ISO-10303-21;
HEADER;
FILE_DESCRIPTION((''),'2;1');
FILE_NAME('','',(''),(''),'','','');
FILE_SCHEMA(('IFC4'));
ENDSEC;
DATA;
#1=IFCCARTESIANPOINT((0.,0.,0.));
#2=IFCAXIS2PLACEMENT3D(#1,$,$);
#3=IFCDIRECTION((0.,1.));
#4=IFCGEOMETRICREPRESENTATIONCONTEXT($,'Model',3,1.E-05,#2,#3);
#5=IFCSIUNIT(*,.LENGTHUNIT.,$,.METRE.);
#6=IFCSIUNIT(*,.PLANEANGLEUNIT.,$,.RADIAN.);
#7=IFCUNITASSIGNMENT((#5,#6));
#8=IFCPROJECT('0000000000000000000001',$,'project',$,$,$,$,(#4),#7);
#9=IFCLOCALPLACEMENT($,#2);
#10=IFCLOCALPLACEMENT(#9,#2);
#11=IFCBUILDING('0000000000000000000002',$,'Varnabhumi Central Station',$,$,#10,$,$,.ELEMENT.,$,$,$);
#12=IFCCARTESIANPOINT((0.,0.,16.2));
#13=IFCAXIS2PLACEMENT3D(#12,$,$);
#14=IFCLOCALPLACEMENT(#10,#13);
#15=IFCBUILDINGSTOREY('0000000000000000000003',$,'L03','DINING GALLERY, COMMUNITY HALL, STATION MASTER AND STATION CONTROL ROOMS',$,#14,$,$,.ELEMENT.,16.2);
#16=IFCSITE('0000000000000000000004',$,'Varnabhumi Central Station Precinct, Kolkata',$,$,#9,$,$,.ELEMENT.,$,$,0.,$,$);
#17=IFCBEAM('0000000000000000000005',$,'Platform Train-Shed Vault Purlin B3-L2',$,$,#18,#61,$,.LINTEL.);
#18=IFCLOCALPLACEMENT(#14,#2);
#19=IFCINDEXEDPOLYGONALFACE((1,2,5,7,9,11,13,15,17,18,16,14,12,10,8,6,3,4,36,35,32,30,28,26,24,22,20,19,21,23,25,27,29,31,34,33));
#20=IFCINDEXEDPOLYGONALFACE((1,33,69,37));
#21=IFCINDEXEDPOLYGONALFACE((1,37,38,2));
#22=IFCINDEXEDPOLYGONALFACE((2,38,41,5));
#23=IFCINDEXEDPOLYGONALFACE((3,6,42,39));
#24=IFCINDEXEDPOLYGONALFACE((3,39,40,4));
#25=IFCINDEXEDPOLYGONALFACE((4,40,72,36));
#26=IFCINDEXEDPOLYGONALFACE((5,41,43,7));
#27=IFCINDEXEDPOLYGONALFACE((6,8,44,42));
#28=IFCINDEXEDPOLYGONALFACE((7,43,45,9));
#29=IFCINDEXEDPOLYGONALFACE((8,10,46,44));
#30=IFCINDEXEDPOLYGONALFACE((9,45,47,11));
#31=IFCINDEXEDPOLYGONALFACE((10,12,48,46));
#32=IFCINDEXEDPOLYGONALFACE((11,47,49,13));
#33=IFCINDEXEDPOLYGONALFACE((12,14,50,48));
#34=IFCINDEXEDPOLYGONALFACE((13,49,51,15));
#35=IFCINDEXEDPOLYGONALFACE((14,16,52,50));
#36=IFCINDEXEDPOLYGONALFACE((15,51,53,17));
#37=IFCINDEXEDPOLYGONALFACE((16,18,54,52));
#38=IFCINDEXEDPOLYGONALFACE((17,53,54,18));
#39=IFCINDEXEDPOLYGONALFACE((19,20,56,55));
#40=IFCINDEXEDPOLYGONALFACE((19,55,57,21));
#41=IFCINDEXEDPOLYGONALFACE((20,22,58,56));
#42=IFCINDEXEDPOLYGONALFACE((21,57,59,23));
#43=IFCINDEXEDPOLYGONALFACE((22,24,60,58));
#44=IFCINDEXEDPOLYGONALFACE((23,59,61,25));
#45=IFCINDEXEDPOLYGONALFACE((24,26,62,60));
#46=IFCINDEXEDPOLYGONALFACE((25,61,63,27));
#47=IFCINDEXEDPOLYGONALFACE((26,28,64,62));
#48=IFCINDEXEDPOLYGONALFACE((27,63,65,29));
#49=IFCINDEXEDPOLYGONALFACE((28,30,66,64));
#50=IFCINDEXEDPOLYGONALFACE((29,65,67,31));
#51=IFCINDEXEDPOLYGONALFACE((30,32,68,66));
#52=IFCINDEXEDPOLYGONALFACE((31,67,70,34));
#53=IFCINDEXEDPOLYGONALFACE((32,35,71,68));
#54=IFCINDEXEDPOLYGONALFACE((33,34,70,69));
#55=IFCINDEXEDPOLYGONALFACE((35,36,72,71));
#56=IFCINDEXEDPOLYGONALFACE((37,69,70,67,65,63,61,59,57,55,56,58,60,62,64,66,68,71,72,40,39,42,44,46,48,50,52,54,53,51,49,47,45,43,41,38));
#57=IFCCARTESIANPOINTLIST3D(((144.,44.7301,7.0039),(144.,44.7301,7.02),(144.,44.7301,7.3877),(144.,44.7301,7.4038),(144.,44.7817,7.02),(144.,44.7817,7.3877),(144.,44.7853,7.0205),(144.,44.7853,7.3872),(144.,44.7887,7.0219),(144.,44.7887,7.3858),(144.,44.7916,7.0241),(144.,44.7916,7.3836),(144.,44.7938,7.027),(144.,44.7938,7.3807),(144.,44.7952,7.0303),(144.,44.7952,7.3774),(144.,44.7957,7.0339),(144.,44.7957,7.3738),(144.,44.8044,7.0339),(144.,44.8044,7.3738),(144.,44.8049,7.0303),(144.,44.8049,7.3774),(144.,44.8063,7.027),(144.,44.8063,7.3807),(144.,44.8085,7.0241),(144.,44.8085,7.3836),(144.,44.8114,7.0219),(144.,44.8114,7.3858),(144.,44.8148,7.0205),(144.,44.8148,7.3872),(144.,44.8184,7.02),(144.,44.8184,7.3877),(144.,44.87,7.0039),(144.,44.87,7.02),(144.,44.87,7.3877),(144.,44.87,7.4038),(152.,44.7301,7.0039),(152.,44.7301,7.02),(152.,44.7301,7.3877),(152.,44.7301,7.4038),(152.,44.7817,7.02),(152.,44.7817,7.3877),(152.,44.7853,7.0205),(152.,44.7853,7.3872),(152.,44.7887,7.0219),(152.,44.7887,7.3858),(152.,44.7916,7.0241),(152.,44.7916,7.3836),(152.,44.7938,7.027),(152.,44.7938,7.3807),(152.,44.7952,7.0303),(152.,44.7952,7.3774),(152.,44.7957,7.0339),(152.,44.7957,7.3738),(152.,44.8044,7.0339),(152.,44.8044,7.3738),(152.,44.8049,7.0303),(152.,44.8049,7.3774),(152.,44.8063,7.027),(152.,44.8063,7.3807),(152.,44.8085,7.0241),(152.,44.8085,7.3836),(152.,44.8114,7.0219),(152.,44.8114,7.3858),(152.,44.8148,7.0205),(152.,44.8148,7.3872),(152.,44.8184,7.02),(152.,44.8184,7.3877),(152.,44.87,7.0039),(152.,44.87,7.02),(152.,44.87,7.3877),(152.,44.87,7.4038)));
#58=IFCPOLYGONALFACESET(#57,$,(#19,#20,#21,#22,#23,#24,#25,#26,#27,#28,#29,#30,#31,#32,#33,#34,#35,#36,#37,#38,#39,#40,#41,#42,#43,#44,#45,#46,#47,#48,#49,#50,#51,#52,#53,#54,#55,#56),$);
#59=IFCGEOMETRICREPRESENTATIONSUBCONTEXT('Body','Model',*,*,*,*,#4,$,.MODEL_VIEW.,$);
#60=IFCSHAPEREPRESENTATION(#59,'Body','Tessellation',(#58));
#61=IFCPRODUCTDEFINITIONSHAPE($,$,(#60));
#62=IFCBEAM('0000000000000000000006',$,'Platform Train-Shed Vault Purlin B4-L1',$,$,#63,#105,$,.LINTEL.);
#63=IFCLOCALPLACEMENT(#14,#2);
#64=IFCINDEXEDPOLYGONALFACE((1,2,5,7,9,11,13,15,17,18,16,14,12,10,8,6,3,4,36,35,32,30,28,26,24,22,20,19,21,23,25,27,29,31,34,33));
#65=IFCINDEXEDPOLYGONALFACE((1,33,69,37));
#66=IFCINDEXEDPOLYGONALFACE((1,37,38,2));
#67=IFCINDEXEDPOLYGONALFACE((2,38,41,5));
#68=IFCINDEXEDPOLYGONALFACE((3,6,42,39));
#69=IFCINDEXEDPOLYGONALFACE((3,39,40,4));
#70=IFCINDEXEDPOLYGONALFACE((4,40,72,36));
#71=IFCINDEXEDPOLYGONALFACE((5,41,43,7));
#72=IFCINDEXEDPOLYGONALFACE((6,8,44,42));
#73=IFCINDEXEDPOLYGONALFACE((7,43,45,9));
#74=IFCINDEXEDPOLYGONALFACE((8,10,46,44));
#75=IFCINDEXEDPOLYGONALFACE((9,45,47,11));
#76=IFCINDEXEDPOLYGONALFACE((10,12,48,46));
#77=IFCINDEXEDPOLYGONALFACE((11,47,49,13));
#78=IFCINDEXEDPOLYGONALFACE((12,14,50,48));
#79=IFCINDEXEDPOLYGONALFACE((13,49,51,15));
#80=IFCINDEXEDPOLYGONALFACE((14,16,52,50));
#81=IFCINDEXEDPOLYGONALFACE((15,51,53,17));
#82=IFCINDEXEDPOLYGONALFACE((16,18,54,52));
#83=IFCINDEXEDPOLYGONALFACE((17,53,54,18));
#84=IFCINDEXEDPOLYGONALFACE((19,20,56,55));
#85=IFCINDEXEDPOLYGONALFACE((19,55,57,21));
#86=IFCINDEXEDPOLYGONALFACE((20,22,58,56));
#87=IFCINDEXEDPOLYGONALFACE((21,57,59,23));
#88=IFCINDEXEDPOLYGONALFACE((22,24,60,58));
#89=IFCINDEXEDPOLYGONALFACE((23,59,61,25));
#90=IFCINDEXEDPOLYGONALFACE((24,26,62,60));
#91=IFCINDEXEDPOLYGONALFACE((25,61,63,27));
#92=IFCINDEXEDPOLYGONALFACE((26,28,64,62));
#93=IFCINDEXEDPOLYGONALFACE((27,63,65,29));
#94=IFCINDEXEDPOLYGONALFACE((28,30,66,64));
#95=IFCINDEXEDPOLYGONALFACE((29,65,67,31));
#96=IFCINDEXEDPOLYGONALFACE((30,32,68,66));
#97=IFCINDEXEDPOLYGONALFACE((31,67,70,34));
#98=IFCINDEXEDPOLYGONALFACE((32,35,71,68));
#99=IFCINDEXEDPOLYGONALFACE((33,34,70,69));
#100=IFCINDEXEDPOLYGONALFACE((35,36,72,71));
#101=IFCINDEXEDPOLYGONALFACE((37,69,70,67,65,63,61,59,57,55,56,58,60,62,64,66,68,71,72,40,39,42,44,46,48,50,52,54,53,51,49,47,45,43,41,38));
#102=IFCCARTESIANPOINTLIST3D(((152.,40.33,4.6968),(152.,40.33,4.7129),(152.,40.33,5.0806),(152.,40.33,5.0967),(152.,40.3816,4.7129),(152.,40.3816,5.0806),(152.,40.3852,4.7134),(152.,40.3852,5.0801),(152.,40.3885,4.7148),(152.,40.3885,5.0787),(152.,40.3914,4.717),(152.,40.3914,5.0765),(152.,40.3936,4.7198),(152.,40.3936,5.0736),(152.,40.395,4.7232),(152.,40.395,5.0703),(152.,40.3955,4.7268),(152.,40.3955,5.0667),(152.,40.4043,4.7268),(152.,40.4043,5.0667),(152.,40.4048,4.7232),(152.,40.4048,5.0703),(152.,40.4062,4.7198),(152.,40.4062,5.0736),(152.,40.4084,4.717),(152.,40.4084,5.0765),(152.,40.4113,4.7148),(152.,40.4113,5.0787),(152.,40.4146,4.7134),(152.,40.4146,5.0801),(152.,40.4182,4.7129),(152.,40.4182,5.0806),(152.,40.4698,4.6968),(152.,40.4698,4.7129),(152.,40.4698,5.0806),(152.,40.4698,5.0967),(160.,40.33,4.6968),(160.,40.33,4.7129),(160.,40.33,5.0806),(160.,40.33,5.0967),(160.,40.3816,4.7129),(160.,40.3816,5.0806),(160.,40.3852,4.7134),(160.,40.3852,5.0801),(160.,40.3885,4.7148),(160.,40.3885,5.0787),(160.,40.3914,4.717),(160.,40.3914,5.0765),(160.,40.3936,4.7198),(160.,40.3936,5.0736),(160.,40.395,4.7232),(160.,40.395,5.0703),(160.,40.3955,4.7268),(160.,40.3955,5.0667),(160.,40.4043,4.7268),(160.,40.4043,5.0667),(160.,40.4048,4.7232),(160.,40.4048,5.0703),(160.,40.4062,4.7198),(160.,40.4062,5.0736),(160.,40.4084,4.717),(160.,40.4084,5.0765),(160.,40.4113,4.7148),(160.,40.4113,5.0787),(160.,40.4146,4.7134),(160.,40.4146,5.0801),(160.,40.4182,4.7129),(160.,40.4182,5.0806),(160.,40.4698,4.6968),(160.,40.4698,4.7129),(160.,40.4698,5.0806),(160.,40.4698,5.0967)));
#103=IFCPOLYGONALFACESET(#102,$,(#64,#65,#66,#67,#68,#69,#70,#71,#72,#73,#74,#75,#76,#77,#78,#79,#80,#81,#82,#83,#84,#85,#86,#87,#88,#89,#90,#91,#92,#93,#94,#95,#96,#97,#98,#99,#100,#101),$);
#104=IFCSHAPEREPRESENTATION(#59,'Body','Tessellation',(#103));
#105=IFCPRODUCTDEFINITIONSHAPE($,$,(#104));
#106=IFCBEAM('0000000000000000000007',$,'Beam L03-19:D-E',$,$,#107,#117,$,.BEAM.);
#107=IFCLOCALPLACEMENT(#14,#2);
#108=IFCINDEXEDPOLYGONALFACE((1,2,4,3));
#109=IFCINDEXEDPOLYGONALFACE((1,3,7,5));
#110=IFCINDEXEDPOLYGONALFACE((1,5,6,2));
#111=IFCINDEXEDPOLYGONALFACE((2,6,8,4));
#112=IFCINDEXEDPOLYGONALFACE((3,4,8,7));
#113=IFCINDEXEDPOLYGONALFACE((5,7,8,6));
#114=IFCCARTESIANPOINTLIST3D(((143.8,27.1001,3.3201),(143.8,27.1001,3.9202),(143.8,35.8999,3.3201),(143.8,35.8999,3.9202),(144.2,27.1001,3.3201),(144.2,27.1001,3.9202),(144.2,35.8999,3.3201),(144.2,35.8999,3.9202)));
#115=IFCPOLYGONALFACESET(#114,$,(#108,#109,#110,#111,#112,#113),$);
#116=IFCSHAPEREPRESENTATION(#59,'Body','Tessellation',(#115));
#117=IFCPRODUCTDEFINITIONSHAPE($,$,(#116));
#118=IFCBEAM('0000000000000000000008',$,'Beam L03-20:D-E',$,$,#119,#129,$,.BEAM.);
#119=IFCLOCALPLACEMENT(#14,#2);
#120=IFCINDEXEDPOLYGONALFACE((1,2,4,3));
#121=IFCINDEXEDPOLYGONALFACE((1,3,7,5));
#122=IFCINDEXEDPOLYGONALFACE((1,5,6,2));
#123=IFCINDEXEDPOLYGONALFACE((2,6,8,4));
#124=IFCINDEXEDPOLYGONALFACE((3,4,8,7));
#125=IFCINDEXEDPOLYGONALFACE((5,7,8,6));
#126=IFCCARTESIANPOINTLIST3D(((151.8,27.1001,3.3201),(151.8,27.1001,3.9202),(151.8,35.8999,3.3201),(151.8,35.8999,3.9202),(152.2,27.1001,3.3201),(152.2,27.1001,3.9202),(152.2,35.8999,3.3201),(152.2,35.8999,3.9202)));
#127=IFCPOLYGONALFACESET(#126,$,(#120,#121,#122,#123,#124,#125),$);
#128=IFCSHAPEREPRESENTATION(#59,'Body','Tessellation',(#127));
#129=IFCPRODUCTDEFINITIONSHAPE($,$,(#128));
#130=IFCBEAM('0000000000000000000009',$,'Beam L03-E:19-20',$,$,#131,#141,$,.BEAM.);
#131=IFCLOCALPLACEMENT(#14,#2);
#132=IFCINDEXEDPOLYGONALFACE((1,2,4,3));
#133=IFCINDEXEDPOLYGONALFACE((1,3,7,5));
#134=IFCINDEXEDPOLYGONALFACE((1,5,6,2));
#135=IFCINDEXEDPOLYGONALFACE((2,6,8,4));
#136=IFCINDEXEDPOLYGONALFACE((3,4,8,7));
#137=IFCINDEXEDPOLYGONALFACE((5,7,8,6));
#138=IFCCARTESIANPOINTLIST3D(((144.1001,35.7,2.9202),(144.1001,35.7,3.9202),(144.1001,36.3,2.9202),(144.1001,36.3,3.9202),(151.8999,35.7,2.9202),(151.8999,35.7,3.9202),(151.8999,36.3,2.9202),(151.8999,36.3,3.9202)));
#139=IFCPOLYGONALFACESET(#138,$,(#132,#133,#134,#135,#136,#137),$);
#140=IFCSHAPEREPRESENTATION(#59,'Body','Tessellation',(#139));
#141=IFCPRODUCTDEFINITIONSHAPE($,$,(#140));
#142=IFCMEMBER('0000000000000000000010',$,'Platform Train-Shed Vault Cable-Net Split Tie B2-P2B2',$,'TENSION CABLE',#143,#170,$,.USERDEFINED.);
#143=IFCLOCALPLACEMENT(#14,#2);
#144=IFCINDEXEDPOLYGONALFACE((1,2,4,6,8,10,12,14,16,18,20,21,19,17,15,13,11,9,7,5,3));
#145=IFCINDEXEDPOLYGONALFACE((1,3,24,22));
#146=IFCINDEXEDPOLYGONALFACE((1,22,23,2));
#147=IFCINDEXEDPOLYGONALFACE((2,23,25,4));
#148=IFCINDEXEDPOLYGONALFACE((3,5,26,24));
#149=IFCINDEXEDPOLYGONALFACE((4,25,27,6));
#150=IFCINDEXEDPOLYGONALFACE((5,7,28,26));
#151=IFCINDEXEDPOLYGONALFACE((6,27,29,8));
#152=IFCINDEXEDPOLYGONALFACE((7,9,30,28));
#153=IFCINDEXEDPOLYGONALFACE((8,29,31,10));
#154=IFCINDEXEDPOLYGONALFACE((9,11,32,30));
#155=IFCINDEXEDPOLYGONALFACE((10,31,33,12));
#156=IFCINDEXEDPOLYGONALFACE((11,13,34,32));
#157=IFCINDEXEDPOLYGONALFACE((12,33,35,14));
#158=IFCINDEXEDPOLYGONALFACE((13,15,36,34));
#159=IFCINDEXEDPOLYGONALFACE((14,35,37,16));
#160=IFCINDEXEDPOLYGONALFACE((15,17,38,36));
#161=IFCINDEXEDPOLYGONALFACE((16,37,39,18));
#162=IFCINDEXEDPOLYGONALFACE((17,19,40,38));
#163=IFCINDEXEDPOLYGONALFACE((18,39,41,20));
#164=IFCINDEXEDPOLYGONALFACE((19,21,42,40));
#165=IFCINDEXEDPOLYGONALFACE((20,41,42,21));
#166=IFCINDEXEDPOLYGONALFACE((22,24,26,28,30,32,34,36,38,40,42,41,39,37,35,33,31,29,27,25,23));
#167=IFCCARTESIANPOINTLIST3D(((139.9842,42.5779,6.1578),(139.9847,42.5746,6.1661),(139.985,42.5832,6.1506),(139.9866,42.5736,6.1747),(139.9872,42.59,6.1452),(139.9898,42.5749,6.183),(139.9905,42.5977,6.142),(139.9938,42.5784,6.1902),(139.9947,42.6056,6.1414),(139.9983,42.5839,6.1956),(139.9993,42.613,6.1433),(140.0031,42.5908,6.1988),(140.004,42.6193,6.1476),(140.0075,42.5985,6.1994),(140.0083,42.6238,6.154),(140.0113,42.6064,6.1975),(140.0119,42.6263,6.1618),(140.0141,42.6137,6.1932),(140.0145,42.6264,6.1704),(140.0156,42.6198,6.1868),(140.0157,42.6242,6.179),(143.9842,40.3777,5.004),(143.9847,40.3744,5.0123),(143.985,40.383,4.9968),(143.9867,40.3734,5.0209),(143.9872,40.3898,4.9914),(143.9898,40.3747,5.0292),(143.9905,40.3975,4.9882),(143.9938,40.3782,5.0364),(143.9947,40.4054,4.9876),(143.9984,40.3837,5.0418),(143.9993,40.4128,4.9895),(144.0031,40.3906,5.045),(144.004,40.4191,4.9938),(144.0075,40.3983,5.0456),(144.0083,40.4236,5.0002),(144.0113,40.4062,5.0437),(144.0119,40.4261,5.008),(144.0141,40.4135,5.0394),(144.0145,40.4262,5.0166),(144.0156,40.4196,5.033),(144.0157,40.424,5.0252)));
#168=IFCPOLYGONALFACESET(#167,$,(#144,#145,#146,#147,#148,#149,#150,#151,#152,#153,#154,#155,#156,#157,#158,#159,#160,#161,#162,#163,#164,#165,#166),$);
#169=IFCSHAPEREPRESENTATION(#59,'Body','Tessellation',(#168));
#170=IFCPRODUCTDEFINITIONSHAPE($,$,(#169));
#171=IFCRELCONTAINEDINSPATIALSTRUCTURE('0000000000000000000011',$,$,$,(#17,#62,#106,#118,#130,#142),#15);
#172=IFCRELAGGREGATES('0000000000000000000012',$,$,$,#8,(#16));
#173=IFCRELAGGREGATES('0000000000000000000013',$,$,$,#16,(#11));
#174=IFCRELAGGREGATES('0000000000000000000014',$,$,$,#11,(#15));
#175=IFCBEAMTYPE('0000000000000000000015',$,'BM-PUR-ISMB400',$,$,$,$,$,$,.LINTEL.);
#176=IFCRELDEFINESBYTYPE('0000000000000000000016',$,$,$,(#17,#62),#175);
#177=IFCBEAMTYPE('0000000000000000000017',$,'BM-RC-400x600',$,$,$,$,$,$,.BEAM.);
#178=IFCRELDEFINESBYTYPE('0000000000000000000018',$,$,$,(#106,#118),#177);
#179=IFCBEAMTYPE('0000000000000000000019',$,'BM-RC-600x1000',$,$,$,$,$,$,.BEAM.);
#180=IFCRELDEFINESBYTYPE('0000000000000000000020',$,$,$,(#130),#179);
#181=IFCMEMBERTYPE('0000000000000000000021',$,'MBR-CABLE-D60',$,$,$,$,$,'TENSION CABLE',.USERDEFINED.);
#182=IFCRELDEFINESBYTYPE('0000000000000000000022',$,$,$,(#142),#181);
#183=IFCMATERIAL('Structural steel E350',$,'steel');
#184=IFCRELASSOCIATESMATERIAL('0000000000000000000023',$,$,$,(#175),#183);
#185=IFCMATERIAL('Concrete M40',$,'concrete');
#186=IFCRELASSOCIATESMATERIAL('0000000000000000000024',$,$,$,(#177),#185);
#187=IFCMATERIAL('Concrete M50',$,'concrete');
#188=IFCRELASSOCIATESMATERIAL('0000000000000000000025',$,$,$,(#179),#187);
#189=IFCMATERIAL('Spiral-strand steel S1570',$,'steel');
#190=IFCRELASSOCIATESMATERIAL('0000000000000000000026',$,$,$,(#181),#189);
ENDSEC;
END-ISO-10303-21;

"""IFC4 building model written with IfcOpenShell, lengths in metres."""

from ifc_helpers import new_model, si_unit, direction, frame, origin, origin_2d, place, context, subcontext, project, spatial, rectangle, circle, i_section, extrude, material, material_profile, profile_set, type_object, element, save


model = new_model("IFC4")

# Units and contexts
model_context = context("Model", 3, precision=1e-05, world=origin(), true_north=direction((0.0, 1.0)))
body_context = subcontext(model_context, "Body", "Model", "MODEL_VIEW")
ifc_project = project(units=[si_unit("LENGTHUNIT", "METRE"), si_unit("PLANEANGLEUNIT", "RADIAN")], contexts=[model_context])

# Site, building, storey
site_placement = place(None, origin())
site = spatial("IfcSite", under=ifc_project, at=site_placement, Name="Varnabhumi Central Station Precinct, Kolkata", CompositionType="ELEMENT", RefElevation=0.0)
building_placement = place(site_placement, origin())
building = spatial("IfcBuilding", under=site, at=building_placement, Name="Varnabhumi Central Station", CompositionType="ELEMENT")
storey_placement = place(building_placement, frame((0.0, 0.0, 16.2)))
storey = spatial("IfcBuildingStorey", under=building, at=storey_placement, Name="L03", Description="DINING GALLERY, COMMUNITY HALL, STATION MASTER AND STATION CONTROL ROOMS", CompositionType="ELEMENT", Elevation=16.2)

# Shared definitions
ifc_material_1 = material(Name="Concrete M40", Category="concrete")

# Beams
ifc_material_2 = material(Name="Structural steel E350", Category="steel")
ifc_material_profile_1 = material_profile(ifc_material_2, i_section(OverallWidth=0.1399, OverallDepth=0.3999, WebThickness=0.0088, FlangeThickness=0.0161, FilletRadius=0.0139, at=origin_2d()), Name="Structural steel E350", Category="steel")
ifc_profile_set_1 = profile_set([ifc_material_profile_1], Name="Structural steel E350")
beam_type_1 = type_object("IfcBeamType", Name="BM-PUR-ISMB400", PredefinedType="LINTEL", material=ifc_profile_set_1)
for number, where, z_axis, x_axis, name in (
    (1, (144.0, 44.8, 7.2039), (1.0, 0.0, 0.0), (0.0, 1.0, 0.0), "Platform Train-Shed Vault Purlin B3-L2"),
    (2, (152.0, 40.3999, 4.8967), (1.0, 0.0, 0.0), (0.0, 1.0, 0.0), "Platform Train-Shed Vault Purlin B4-L1"),
):
    element("IfcBeam", number, at=place(storey_placement, frame(where, z_axis=z_axis, x_axis=x_axis)), inside=storey, type_object=beam_type_1, Name=name, PredefinedType="LINTEL", context=body_context, shape_type="SweptSolid", body=[
        extrude(i_section(OverallWidth=0.1399, OverallDepth=0.3999, WebThickness=0.0088, FlangeThickness=0.0161, FilletRadius=0.0139, at=origin_2d()), origin(), (0.0, 0.0, 1.0), 8.0),
    ])
ifc_material_profile_2 = material_profile(ifc_material_1, rectangle(XDim=0.3999, YDim=0.6001, at=origin_2d()), Name="Concrete M40", Category="concrete")
ifc_profile_set_2 = profile_set([ifc_material_profile_2], Name="Concrete M40")
beam_type_2 = type_object("IfcBeamType", Name="BM-RC-400x600", PredefinedType="BEAM", material=ifc_profile_set_2)
for number, where, z_axis, x_axis, name in (
    (3, (144.0, 27.1001, 3.6201), (0.0, 1.0, 0.0), (-1.0, 0.0, 0.0), "Beam L03-19:D-E"),
    (4, (152.0, 27.1001, 3.6201), (0.0, 1.0, 0.0), (-1.0, 0.0, 0.0), "Beam L03-20:D-E"),
):
    element("IfcBeam", number, at=place(storey_placement, frame(where, z_axis=z_axis, x_axis=x_axis)), inside=storey, type_object=beam_type_2, Name=name, PredefinedType="BEAM", context=body_context, shape_type="SweptSolid", body=[
        extrude(rectangle(XDim=0.3999, YDim=0.6001, at=origin_2d()), origin(), (0.0, 0.0, 1.0), 8.7998),
    ])
ifc_material_3 = material(Name="Concrete M50", Category="concrete")
ifc_material_profile_3 = material_profile(ifc_material_3, rectangle(XDim=0.6001, YDim=1.0, at=origin_2d()), Name="Concrete M50", Category="concrete")
ifc_profile_set_3 = profile_set([ifc_material_profile_3], Name="Concrete M50")
beam_type_3 = type_object("IfcBeamType", Name="BM-RC-600x1000", PredefinedType="BEAM", material=ifc_profile_set_3)
beam_1_placement = place(storey_placement, frame((144.1001, 36.0, 3.4202), z_axis=(1.0, 0.0, 0.0), x_axis=(0.0, 1.0, 0.0)))
element("IfcBeam", 5, at=beam_1_placement, inside=storey, type_object=beam_type_3, Name="Beam L03-E:19-20", PredefinedType="BEAM", context=body_context, shape_type="SweptSolid", body=[
    extrude(rectangle(XDim=0.6001, YDim=1.0, at=origin_2d()), origin(), (0.0, 0.0, 1.0), 7.7998),
])

# Member
ifc_material_4 = material(Name="Spiral-strand steel S1570", Category="steel")
ifc_material_profile_4 = material_profile(ifc_material_4, circle(Radius=0.03, at=origin_2d()), Name="Spiral-strand steel S1570", Category="steel")
ifc_profile_set_4 = profile_set([ifc_material_profile_4], Name="Spiral-strand steel S1570")
member_type = type_object("IfcMemberType", Name="MBR-CABLE-D60", ElementType="TENSION CABLE", PredefinedType="USERDEFINED", material=ifc_profile_set_4)
member_1_placement = place(storey_placement, frame((140.0, 42.6001, 6.1704), z_axis=(0.849486, -0.467259, -0.245036), x_axis=(0.481952, 0.876198, 0.0)))
element("IfcMember", 6, at=member_1_placement, inside=storey, type_object=member_type, Name="Platform Train-Shed Vault Cable-Net Split Tie B2-P2B2", ObjectType="TENSION CABLE", PredefinedType="USERDEFINED", context=body_context, shape_type="SweptSolid", body=[
    extrude(circle(Radius=0.03, at=origin_2d()), origin(), (0.0, 0.0, 1.0), 4.7087),
])

save(model, "model.ifc")
